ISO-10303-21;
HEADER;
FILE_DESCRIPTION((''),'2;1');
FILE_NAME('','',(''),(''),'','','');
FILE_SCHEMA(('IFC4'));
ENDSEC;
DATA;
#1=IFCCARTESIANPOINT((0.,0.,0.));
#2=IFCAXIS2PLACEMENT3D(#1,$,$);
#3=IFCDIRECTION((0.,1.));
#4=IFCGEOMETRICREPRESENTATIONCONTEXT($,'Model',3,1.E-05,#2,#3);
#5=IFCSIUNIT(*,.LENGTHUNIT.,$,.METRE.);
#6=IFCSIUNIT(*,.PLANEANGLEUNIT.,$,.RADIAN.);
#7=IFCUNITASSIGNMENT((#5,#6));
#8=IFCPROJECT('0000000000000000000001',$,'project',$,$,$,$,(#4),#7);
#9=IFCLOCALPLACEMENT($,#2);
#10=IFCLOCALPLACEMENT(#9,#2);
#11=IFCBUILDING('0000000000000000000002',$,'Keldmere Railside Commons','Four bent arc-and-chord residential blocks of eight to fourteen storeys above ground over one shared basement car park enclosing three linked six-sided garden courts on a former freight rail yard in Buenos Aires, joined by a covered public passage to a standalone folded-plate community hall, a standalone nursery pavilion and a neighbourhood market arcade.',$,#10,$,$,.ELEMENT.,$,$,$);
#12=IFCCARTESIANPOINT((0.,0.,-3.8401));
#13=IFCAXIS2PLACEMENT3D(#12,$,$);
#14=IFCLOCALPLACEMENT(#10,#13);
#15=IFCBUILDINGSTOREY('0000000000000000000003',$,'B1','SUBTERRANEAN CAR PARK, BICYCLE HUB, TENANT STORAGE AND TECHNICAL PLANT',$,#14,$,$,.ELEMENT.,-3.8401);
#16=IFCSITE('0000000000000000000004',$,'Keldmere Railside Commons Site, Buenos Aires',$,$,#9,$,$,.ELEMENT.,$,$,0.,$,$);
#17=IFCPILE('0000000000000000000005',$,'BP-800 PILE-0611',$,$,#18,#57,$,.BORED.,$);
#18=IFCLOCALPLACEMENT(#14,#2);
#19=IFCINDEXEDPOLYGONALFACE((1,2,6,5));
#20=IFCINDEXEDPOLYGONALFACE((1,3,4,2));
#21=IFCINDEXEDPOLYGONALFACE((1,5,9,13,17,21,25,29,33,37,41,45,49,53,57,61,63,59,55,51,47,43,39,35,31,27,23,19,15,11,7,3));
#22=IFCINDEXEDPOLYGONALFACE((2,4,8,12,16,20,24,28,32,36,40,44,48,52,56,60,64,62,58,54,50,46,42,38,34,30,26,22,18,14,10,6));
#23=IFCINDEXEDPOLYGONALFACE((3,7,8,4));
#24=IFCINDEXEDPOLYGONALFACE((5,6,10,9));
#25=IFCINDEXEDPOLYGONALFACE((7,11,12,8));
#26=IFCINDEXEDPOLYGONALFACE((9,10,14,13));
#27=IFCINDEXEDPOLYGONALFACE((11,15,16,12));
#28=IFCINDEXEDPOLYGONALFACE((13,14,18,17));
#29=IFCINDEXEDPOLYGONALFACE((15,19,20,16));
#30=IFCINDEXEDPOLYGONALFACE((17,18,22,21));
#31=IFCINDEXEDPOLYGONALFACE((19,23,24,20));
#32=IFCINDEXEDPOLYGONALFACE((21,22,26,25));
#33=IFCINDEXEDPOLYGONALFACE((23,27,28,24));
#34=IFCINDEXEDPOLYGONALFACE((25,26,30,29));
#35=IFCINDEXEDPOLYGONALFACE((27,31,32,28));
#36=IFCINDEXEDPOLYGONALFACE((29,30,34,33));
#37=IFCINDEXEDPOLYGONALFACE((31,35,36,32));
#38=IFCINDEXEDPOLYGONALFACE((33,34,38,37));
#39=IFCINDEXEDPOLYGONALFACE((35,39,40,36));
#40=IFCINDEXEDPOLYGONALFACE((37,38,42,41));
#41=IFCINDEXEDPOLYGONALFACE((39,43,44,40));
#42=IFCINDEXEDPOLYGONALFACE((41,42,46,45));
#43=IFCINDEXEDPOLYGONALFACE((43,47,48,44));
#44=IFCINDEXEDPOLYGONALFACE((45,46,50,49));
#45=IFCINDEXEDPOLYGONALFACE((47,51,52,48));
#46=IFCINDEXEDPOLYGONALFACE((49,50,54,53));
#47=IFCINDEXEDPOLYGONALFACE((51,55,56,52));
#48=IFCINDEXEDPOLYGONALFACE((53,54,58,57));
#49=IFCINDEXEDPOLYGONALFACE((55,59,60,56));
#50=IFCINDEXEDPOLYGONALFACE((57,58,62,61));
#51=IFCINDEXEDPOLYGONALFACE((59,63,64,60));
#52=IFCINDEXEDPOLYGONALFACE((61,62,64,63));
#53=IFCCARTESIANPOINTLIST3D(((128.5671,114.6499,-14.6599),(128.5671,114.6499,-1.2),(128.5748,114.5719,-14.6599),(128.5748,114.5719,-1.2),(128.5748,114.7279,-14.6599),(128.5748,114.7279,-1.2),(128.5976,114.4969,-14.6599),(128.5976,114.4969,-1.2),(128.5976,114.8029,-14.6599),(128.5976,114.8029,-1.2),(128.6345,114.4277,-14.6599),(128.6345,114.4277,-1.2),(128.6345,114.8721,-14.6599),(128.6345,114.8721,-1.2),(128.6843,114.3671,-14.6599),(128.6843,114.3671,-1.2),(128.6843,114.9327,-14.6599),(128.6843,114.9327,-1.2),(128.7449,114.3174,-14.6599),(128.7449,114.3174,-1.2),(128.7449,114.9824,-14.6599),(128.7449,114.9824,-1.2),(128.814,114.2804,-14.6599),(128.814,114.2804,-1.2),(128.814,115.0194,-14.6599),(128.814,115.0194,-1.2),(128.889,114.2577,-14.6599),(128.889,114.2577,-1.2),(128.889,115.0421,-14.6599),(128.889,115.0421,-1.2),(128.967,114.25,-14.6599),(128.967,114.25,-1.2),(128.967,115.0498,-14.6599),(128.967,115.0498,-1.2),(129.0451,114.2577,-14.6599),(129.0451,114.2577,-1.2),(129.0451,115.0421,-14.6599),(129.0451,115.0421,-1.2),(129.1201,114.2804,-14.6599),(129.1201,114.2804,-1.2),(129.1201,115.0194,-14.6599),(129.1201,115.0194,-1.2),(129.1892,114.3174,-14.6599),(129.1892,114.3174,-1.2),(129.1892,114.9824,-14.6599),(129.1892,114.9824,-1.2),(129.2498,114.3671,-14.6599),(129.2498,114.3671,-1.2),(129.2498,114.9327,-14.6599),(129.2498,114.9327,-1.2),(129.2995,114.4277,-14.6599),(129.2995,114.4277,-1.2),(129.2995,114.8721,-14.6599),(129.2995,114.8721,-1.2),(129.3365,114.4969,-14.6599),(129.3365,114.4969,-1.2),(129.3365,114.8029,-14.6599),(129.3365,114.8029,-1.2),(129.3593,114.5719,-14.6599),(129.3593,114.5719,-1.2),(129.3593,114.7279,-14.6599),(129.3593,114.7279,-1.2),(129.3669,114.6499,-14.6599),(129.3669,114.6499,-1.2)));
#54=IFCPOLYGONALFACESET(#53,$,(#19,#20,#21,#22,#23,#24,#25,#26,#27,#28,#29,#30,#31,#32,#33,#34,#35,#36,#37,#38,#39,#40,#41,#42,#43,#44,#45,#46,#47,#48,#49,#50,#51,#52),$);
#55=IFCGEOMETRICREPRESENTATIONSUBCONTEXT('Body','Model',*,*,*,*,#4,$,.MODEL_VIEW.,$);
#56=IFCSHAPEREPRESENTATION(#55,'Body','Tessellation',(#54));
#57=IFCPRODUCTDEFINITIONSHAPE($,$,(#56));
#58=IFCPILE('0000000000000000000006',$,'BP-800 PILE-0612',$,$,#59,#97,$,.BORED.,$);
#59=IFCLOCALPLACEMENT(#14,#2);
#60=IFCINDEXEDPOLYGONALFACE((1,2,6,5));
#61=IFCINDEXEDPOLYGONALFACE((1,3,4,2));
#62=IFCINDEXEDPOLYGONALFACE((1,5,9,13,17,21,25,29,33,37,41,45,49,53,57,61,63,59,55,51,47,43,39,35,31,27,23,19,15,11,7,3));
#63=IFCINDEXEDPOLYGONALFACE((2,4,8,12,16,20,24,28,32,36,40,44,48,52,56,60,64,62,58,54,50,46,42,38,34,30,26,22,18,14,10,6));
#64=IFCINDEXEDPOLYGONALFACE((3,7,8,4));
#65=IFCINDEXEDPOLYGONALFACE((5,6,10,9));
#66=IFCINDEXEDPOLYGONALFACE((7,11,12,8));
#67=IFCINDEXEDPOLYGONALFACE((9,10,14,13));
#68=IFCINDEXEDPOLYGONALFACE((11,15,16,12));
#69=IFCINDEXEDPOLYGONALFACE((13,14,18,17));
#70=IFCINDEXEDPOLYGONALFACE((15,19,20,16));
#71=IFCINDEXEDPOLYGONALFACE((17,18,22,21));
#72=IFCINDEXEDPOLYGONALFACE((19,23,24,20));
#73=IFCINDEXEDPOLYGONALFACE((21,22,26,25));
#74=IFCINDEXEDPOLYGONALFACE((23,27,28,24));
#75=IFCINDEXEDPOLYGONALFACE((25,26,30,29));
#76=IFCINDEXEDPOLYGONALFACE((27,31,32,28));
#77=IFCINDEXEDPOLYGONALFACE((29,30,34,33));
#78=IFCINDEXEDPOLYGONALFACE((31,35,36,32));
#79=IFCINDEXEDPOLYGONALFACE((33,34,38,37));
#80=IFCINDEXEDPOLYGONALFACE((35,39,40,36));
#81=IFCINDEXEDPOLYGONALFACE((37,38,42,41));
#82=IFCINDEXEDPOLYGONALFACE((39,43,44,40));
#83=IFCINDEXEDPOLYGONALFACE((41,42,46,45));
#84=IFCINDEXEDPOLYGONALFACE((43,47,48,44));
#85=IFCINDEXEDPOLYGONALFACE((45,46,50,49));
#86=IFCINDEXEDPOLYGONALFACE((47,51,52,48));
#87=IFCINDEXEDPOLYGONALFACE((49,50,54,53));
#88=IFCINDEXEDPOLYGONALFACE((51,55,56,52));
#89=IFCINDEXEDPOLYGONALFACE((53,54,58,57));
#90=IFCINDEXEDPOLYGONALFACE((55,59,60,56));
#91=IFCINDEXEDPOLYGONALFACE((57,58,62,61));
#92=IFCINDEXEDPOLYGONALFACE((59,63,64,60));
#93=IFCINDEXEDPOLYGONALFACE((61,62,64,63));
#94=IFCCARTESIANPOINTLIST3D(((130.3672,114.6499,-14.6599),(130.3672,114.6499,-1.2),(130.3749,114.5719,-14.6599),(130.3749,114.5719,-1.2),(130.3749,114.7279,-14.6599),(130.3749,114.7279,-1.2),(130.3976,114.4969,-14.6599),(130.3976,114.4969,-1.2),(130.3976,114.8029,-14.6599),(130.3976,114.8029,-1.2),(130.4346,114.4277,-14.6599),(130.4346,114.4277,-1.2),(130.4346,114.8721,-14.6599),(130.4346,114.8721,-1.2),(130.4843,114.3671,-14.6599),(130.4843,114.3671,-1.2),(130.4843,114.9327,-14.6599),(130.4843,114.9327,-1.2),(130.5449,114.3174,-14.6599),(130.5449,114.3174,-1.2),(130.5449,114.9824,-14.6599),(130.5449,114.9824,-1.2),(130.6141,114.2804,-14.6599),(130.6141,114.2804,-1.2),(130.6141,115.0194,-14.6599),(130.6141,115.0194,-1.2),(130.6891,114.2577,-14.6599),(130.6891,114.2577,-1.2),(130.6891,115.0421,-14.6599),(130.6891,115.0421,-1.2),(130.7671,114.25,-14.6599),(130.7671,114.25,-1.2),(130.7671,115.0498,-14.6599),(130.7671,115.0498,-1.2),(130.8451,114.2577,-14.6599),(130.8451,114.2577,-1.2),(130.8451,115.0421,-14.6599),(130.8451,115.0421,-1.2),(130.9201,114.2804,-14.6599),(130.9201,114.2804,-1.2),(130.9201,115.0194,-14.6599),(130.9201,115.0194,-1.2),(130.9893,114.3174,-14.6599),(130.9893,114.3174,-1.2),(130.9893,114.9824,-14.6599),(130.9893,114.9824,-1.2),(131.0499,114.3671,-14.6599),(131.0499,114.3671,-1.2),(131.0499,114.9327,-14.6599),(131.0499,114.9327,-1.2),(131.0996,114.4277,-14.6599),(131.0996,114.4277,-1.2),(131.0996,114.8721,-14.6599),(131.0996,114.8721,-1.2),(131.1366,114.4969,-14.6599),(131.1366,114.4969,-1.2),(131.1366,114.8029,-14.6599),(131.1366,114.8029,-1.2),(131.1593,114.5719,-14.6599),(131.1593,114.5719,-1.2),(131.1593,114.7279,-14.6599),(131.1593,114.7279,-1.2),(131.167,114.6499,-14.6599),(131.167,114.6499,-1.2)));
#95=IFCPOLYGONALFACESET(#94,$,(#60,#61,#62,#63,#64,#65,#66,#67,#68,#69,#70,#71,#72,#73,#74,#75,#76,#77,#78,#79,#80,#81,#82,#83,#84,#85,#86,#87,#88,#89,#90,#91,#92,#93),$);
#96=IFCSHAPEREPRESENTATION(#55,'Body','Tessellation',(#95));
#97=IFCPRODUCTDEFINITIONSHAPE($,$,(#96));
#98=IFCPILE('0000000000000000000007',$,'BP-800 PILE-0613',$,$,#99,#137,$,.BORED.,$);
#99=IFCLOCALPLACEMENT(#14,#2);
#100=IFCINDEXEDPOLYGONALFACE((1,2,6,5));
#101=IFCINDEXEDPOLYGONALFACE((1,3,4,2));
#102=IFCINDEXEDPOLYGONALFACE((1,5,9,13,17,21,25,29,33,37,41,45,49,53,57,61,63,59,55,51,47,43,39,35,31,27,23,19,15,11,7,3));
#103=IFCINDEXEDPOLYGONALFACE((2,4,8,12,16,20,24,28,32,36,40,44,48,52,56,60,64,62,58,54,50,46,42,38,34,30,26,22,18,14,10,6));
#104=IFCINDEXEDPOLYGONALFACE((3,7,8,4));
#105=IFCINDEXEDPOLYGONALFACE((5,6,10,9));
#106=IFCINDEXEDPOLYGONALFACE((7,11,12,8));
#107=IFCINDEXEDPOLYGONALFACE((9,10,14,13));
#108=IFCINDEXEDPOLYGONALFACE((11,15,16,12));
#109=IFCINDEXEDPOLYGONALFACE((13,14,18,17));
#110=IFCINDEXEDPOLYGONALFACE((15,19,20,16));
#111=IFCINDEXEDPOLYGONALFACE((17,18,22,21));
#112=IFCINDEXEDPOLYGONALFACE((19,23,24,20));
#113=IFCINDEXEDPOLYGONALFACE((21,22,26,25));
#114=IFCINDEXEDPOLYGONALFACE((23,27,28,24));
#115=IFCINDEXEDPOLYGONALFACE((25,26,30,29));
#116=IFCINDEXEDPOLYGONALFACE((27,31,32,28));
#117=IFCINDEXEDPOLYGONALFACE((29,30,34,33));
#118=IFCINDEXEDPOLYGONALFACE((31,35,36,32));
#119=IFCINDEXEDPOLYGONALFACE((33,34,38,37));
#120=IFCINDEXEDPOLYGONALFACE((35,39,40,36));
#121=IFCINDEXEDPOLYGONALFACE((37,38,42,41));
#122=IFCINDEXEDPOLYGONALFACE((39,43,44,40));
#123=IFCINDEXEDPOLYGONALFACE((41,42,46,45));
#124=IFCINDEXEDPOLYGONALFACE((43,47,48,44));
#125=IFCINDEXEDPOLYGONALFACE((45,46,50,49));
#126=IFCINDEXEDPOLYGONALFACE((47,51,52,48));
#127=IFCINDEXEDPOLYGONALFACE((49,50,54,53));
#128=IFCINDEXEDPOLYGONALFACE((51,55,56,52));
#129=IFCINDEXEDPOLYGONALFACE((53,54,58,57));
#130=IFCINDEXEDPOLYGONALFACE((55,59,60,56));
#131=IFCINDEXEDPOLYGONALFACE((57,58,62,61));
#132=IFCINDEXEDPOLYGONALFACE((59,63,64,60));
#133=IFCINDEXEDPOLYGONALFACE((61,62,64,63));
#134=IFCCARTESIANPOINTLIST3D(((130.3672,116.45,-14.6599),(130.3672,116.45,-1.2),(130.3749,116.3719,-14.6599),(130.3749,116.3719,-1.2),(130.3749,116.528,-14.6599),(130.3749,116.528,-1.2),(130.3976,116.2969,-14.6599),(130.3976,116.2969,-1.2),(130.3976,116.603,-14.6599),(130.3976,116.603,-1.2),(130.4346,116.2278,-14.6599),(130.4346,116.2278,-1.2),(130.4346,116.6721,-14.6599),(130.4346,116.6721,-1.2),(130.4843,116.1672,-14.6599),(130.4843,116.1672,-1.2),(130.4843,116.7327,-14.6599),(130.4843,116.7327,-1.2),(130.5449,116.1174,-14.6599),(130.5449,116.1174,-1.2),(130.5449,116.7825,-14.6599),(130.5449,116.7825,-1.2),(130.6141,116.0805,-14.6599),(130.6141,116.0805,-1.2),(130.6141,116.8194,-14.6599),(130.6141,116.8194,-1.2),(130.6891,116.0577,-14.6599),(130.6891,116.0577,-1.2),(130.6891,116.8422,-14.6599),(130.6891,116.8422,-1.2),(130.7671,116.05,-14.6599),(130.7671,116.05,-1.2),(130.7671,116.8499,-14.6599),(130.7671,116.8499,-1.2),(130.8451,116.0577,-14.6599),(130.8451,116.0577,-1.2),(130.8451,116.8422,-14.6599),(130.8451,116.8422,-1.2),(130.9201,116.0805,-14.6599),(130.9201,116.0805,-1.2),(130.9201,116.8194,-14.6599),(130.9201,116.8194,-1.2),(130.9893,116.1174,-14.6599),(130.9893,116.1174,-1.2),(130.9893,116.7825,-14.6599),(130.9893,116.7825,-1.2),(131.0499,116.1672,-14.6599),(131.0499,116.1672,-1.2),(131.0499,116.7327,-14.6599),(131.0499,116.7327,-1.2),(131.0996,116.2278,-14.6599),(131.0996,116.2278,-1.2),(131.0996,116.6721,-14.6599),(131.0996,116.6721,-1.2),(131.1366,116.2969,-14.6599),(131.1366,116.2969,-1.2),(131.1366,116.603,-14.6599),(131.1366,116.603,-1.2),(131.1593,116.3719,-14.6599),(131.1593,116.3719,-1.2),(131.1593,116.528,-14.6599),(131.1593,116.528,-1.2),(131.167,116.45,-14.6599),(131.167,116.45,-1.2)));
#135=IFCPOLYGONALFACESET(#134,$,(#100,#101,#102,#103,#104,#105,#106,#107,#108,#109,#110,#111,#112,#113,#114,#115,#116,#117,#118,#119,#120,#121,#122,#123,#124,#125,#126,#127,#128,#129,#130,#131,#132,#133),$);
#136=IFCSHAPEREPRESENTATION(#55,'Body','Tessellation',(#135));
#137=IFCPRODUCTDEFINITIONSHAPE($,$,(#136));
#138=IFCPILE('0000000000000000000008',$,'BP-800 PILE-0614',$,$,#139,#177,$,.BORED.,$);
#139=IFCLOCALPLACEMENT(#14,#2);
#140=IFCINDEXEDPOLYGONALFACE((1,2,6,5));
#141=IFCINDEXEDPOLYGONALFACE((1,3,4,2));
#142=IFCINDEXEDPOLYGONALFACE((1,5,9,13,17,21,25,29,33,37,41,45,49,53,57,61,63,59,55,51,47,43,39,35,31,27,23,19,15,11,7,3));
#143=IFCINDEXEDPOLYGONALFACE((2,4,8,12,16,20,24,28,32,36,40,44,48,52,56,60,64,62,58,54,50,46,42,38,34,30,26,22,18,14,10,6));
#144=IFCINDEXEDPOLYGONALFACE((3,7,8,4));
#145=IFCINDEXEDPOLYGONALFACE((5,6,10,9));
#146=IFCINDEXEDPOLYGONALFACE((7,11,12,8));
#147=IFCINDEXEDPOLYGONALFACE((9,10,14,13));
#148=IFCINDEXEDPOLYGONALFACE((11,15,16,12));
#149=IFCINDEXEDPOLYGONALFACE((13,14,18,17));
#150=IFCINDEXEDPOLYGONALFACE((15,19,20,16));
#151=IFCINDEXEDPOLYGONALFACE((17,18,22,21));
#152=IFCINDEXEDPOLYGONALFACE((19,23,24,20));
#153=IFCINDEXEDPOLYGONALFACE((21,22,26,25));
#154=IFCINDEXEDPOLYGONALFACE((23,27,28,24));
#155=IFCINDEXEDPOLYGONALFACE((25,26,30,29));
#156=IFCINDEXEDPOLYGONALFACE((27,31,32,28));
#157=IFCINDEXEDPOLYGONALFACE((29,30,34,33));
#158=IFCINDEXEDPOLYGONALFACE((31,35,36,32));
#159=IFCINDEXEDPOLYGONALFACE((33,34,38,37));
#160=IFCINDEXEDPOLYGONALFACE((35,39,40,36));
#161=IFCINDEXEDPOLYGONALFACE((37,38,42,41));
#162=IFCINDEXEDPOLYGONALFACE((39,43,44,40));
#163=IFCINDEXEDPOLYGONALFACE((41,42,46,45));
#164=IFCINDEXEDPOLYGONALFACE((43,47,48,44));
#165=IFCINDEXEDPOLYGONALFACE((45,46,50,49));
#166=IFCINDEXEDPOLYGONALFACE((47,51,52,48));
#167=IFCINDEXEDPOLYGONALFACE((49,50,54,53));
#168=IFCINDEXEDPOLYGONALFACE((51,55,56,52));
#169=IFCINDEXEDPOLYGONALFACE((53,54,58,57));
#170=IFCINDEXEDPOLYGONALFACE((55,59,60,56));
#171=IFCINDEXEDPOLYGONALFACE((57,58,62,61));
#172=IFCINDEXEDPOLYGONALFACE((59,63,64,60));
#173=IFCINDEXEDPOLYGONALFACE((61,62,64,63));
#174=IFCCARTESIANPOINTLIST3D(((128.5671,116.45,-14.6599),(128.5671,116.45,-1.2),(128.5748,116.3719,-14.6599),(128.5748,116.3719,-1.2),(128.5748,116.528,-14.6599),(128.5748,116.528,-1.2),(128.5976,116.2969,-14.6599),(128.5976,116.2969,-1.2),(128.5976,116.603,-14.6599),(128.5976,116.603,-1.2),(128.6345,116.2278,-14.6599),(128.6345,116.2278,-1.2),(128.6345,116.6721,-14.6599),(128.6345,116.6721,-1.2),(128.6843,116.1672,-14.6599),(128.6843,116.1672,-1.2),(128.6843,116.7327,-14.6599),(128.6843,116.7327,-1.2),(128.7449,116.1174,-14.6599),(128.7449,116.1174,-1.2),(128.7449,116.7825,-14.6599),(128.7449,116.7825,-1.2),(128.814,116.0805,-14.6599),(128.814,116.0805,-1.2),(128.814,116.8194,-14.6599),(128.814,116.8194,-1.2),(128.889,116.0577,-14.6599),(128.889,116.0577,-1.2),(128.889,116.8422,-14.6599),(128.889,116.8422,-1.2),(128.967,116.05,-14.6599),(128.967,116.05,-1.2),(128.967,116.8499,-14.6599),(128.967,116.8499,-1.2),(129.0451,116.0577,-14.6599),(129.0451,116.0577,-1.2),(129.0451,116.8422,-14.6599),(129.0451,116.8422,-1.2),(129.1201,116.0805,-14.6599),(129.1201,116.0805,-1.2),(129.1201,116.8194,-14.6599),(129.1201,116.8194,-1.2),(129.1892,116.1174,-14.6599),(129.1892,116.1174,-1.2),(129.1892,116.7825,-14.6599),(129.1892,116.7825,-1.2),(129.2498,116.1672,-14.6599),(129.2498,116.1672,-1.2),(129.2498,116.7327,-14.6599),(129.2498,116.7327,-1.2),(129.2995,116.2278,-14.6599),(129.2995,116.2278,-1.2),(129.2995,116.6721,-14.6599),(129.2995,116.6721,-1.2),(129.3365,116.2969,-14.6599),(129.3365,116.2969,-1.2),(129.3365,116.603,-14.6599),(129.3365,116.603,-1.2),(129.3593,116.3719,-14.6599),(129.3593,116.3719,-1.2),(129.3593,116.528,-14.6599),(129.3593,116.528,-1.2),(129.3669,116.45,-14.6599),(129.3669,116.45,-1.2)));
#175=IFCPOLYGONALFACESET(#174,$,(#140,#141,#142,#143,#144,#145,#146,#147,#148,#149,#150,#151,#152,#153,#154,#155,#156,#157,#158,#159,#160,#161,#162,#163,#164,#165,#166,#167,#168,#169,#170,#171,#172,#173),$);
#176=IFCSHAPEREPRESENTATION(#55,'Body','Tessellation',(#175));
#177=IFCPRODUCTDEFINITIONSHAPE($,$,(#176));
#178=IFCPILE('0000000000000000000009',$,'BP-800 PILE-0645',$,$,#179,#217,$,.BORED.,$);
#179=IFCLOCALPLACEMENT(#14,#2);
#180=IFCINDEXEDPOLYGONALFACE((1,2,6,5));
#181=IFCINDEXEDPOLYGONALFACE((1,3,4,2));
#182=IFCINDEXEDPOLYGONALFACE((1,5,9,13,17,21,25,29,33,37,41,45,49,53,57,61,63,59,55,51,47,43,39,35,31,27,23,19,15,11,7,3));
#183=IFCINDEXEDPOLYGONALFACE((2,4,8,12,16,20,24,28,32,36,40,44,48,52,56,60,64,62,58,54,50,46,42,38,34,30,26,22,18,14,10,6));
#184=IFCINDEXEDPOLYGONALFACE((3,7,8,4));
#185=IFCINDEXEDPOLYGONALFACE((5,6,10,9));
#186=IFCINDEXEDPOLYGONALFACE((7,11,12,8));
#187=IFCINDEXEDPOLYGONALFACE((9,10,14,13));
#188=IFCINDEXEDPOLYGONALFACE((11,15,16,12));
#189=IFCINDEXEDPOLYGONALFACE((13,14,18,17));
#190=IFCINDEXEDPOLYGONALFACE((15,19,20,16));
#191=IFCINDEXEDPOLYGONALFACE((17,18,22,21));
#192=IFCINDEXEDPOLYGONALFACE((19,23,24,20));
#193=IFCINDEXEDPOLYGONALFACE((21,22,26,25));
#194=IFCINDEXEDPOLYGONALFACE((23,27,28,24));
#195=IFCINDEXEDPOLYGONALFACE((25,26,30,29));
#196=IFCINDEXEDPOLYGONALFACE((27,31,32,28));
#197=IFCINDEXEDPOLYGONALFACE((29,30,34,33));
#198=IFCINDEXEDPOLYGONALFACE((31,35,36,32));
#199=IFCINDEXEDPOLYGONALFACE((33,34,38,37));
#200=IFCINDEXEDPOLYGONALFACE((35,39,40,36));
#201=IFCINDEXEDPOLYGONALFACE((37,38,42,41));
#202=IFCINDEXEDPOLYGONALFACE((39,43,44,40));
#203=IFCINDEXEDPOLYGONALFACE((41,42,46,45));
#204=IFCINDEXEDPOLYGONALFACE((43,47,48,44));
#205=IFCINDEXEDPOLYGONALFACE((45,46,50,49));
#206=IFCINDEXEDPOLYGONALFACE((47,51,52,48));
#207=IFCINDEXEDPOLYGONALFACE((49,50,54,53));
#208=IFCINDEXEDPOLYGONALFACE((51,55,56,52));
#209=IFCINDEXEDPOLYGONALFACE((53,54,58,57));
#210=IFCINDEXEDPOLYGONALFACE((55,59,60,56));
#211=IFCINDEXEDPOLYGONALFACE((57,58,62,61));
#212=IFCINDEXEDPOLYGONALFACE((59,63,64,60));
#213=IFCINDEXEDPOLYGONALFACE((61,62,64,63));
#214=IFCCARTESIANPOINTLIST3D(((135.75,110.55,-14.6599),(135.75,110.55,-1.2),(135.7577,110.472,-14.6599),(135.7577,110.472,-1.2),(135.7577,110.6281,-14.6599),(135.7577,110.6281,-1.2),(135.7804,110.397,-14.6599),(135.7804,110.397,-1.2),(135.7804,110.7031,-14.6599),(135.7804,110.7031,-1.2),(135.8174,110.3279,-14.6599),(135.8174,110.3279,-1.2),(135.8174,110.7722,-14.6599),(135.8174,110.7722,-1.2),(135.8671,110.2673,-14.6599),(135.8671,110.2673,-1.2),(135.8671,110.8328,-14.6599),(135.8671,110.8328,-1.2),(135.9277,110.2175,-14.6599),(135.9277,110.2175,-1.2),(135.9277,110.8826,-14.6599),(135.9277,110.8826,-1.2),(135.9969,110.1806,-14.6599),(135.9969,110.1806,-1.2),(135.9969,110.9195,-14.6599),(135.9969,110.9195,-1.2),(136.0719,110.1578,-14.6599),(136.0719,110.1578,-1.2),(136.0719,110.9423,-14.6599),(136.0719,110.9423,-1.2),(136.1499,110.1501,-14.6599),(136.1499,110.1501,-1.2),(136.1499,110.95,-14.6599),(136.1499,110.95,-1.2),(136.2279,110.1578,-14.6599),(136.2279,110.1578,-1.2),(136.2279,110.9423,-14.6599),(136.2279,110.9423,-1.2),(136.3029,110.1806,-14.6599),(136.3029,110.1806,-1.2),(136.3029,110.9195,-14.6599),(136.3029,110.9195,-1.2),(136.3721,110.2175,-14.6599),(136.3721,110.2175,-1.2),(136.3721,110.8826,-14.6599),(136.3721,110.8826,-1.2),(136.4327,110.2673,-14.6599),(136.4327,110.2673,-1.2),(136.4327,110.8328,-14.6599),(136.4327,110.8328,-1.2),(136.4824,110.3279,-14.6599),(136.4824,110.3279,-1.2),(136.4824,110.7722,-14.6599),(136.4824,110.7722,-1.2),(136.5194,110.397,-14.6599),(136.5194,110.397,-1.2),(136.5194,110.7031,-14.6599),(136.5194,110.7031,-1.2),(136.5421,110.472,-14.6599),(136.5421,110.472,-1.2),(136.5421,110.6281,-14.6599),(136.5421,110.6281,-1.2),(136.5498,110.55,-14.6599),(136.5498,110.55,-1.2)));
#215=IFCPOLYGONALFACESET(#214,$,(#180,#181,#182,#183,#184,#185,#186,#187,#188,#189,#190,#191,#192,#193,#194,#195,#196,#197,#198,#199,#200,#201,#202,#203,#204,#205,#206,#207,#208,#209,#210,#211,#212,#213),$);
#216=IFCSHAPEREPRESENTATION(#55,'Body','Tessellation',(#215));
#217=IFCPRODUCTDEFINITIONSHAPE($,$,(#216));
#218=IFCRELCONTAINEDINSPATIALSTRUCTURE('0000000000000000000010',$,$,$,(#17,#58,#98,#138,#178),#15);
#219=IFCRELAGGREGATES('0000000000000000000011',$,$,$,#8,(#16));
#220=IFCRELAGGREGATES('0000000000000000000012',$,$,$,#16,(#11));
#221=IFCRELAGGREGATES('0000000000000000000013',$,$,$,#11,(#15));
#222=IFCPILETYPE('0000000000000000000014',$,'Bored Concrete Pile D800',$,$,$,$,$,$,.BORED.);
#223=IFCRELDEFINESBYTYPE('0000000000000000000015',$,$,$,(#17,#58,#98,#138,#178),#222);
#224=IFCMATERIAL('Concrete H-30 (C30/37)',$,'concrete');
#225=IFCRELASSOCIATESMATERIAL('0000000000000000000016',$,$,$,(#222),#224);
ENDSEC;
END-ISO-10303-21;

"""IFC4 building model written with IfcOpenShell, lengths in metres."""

from ifc_helpers import new_model, si_unit, direction, frame, origin, origin_2d, place, context, subcontext, project, spatial, circle, extrude, material, material_profile, profile_set, type_object, element, save


model = new_model("IFC4")

# Units and contexts
model_context = context("Model", 3, precision=1e-05, world=origin(), true_north=direction((0.0, 1.0)))
body_context = subcontext(model_context, "Body", "Model", "MODEL_VIEW")
ifc_project = project(units=[si_unit("LENGTHUNIT", "METRE"), si_unit("PLANEANGLEUNIT", "RADIAN")], contexts=[model_context])

# Site, building, storey
site_placement = place(None, origin())
site = spatial("IfcSite", under=ifc_project, at=site_placement, Name="Keldmere Railside Commons Site, Buenos Aires", CompositionType="ELEMENT", RefElevation=0.0)
building_placement = place(site_placement, origin())
building = spatial("IfcBuilding", under=site, at=building_placement, Name="Keldmere Railside Commons", Description="Four bent arc-and-chord residential blocks of eight to fourteen storeys above ground over one shared basement car park enclosing three linked six-sided garden courts on a former freight rail yard in Buenos Aires, joined by a covered public passage to a standalone folded-plate community hall, a standalone nursery pavilion and a neighbourhood market arcade.", CompositionType="ELEMENT")
storey_placement = place(building_placement, frame((0.0, 0.0, -3.8401)))
storey = spatial("IfcBuildingStorey", under=building, at=storey_placement, Name="B1", Description="SUBTERRANEAN CAR PARK, BICYCLE HUB, TENANT STORAGE AND TECHNICAL PLANT", CompositionType="ELEMENT", Elevation=-3.8401)

# Piles
ifc_material_1 = material(Name="Concrete H-30 (C30/37)", Category="concrete")
ifc_material_profile_1 = material_profile(ifc_material_1, circle(Radius=0.3999, at=origin_2d()), Name="PILE-D800")
ifc_profile_set_1 = profile_set([ifc_material_profile_1], Name="Concrete H-30 (C30/37)")
pile_type = type_object("IfcPileType", Name="Bored Concrete Pile D800", PredefinedType="BORED", material=ifc_profile_set_1)
for number, where, z_axis, x_axis, name in (
    (1, (128.967, 114.6499, -1.2), (0.0, 0.0, -1.0), (1.0, 0.0, 0.0), "BP-800 PILE-0611"),
    (2, (130.7671, 114.6499, -1.2), (0.0, 0.0, -1.0), (1.0, 0.0, 0.0), "BP-800 PILE-0612"),
    (3, (130.7671, 116.45, -1.2), (0.0, 0.0, -1.0), (1.0, 0.0, 0.0), "BP-800 PILE-0613"),
    (4, (128.967, 116.45, -1.2), (0.0, 0.0, -1.0), (1.0, 0.0, 0.0), "BP-800 PILE-0614"),
    (5, (136.1499, 110.55, -1.2), (0.0, 0.0, -1.0), (1.0, 0.0, 0.0), "BP-800 PILE-0645"),
):
    element("IfcPile", number, at=place(storey_placement, frame(where, z_axis=z_axis, x_axis=x_axis)), inside=storey, type_object=pile_type, Name=name, PredefinedType="BORED", context=body_context, shape_type="SweptSolid", body=[
        extrude(circle(Radius=0.3999, at=origin_2d()), origin(), (0.0, 0.0, 1.0), 13.46),
    ])

save(model, "model.ifc")
